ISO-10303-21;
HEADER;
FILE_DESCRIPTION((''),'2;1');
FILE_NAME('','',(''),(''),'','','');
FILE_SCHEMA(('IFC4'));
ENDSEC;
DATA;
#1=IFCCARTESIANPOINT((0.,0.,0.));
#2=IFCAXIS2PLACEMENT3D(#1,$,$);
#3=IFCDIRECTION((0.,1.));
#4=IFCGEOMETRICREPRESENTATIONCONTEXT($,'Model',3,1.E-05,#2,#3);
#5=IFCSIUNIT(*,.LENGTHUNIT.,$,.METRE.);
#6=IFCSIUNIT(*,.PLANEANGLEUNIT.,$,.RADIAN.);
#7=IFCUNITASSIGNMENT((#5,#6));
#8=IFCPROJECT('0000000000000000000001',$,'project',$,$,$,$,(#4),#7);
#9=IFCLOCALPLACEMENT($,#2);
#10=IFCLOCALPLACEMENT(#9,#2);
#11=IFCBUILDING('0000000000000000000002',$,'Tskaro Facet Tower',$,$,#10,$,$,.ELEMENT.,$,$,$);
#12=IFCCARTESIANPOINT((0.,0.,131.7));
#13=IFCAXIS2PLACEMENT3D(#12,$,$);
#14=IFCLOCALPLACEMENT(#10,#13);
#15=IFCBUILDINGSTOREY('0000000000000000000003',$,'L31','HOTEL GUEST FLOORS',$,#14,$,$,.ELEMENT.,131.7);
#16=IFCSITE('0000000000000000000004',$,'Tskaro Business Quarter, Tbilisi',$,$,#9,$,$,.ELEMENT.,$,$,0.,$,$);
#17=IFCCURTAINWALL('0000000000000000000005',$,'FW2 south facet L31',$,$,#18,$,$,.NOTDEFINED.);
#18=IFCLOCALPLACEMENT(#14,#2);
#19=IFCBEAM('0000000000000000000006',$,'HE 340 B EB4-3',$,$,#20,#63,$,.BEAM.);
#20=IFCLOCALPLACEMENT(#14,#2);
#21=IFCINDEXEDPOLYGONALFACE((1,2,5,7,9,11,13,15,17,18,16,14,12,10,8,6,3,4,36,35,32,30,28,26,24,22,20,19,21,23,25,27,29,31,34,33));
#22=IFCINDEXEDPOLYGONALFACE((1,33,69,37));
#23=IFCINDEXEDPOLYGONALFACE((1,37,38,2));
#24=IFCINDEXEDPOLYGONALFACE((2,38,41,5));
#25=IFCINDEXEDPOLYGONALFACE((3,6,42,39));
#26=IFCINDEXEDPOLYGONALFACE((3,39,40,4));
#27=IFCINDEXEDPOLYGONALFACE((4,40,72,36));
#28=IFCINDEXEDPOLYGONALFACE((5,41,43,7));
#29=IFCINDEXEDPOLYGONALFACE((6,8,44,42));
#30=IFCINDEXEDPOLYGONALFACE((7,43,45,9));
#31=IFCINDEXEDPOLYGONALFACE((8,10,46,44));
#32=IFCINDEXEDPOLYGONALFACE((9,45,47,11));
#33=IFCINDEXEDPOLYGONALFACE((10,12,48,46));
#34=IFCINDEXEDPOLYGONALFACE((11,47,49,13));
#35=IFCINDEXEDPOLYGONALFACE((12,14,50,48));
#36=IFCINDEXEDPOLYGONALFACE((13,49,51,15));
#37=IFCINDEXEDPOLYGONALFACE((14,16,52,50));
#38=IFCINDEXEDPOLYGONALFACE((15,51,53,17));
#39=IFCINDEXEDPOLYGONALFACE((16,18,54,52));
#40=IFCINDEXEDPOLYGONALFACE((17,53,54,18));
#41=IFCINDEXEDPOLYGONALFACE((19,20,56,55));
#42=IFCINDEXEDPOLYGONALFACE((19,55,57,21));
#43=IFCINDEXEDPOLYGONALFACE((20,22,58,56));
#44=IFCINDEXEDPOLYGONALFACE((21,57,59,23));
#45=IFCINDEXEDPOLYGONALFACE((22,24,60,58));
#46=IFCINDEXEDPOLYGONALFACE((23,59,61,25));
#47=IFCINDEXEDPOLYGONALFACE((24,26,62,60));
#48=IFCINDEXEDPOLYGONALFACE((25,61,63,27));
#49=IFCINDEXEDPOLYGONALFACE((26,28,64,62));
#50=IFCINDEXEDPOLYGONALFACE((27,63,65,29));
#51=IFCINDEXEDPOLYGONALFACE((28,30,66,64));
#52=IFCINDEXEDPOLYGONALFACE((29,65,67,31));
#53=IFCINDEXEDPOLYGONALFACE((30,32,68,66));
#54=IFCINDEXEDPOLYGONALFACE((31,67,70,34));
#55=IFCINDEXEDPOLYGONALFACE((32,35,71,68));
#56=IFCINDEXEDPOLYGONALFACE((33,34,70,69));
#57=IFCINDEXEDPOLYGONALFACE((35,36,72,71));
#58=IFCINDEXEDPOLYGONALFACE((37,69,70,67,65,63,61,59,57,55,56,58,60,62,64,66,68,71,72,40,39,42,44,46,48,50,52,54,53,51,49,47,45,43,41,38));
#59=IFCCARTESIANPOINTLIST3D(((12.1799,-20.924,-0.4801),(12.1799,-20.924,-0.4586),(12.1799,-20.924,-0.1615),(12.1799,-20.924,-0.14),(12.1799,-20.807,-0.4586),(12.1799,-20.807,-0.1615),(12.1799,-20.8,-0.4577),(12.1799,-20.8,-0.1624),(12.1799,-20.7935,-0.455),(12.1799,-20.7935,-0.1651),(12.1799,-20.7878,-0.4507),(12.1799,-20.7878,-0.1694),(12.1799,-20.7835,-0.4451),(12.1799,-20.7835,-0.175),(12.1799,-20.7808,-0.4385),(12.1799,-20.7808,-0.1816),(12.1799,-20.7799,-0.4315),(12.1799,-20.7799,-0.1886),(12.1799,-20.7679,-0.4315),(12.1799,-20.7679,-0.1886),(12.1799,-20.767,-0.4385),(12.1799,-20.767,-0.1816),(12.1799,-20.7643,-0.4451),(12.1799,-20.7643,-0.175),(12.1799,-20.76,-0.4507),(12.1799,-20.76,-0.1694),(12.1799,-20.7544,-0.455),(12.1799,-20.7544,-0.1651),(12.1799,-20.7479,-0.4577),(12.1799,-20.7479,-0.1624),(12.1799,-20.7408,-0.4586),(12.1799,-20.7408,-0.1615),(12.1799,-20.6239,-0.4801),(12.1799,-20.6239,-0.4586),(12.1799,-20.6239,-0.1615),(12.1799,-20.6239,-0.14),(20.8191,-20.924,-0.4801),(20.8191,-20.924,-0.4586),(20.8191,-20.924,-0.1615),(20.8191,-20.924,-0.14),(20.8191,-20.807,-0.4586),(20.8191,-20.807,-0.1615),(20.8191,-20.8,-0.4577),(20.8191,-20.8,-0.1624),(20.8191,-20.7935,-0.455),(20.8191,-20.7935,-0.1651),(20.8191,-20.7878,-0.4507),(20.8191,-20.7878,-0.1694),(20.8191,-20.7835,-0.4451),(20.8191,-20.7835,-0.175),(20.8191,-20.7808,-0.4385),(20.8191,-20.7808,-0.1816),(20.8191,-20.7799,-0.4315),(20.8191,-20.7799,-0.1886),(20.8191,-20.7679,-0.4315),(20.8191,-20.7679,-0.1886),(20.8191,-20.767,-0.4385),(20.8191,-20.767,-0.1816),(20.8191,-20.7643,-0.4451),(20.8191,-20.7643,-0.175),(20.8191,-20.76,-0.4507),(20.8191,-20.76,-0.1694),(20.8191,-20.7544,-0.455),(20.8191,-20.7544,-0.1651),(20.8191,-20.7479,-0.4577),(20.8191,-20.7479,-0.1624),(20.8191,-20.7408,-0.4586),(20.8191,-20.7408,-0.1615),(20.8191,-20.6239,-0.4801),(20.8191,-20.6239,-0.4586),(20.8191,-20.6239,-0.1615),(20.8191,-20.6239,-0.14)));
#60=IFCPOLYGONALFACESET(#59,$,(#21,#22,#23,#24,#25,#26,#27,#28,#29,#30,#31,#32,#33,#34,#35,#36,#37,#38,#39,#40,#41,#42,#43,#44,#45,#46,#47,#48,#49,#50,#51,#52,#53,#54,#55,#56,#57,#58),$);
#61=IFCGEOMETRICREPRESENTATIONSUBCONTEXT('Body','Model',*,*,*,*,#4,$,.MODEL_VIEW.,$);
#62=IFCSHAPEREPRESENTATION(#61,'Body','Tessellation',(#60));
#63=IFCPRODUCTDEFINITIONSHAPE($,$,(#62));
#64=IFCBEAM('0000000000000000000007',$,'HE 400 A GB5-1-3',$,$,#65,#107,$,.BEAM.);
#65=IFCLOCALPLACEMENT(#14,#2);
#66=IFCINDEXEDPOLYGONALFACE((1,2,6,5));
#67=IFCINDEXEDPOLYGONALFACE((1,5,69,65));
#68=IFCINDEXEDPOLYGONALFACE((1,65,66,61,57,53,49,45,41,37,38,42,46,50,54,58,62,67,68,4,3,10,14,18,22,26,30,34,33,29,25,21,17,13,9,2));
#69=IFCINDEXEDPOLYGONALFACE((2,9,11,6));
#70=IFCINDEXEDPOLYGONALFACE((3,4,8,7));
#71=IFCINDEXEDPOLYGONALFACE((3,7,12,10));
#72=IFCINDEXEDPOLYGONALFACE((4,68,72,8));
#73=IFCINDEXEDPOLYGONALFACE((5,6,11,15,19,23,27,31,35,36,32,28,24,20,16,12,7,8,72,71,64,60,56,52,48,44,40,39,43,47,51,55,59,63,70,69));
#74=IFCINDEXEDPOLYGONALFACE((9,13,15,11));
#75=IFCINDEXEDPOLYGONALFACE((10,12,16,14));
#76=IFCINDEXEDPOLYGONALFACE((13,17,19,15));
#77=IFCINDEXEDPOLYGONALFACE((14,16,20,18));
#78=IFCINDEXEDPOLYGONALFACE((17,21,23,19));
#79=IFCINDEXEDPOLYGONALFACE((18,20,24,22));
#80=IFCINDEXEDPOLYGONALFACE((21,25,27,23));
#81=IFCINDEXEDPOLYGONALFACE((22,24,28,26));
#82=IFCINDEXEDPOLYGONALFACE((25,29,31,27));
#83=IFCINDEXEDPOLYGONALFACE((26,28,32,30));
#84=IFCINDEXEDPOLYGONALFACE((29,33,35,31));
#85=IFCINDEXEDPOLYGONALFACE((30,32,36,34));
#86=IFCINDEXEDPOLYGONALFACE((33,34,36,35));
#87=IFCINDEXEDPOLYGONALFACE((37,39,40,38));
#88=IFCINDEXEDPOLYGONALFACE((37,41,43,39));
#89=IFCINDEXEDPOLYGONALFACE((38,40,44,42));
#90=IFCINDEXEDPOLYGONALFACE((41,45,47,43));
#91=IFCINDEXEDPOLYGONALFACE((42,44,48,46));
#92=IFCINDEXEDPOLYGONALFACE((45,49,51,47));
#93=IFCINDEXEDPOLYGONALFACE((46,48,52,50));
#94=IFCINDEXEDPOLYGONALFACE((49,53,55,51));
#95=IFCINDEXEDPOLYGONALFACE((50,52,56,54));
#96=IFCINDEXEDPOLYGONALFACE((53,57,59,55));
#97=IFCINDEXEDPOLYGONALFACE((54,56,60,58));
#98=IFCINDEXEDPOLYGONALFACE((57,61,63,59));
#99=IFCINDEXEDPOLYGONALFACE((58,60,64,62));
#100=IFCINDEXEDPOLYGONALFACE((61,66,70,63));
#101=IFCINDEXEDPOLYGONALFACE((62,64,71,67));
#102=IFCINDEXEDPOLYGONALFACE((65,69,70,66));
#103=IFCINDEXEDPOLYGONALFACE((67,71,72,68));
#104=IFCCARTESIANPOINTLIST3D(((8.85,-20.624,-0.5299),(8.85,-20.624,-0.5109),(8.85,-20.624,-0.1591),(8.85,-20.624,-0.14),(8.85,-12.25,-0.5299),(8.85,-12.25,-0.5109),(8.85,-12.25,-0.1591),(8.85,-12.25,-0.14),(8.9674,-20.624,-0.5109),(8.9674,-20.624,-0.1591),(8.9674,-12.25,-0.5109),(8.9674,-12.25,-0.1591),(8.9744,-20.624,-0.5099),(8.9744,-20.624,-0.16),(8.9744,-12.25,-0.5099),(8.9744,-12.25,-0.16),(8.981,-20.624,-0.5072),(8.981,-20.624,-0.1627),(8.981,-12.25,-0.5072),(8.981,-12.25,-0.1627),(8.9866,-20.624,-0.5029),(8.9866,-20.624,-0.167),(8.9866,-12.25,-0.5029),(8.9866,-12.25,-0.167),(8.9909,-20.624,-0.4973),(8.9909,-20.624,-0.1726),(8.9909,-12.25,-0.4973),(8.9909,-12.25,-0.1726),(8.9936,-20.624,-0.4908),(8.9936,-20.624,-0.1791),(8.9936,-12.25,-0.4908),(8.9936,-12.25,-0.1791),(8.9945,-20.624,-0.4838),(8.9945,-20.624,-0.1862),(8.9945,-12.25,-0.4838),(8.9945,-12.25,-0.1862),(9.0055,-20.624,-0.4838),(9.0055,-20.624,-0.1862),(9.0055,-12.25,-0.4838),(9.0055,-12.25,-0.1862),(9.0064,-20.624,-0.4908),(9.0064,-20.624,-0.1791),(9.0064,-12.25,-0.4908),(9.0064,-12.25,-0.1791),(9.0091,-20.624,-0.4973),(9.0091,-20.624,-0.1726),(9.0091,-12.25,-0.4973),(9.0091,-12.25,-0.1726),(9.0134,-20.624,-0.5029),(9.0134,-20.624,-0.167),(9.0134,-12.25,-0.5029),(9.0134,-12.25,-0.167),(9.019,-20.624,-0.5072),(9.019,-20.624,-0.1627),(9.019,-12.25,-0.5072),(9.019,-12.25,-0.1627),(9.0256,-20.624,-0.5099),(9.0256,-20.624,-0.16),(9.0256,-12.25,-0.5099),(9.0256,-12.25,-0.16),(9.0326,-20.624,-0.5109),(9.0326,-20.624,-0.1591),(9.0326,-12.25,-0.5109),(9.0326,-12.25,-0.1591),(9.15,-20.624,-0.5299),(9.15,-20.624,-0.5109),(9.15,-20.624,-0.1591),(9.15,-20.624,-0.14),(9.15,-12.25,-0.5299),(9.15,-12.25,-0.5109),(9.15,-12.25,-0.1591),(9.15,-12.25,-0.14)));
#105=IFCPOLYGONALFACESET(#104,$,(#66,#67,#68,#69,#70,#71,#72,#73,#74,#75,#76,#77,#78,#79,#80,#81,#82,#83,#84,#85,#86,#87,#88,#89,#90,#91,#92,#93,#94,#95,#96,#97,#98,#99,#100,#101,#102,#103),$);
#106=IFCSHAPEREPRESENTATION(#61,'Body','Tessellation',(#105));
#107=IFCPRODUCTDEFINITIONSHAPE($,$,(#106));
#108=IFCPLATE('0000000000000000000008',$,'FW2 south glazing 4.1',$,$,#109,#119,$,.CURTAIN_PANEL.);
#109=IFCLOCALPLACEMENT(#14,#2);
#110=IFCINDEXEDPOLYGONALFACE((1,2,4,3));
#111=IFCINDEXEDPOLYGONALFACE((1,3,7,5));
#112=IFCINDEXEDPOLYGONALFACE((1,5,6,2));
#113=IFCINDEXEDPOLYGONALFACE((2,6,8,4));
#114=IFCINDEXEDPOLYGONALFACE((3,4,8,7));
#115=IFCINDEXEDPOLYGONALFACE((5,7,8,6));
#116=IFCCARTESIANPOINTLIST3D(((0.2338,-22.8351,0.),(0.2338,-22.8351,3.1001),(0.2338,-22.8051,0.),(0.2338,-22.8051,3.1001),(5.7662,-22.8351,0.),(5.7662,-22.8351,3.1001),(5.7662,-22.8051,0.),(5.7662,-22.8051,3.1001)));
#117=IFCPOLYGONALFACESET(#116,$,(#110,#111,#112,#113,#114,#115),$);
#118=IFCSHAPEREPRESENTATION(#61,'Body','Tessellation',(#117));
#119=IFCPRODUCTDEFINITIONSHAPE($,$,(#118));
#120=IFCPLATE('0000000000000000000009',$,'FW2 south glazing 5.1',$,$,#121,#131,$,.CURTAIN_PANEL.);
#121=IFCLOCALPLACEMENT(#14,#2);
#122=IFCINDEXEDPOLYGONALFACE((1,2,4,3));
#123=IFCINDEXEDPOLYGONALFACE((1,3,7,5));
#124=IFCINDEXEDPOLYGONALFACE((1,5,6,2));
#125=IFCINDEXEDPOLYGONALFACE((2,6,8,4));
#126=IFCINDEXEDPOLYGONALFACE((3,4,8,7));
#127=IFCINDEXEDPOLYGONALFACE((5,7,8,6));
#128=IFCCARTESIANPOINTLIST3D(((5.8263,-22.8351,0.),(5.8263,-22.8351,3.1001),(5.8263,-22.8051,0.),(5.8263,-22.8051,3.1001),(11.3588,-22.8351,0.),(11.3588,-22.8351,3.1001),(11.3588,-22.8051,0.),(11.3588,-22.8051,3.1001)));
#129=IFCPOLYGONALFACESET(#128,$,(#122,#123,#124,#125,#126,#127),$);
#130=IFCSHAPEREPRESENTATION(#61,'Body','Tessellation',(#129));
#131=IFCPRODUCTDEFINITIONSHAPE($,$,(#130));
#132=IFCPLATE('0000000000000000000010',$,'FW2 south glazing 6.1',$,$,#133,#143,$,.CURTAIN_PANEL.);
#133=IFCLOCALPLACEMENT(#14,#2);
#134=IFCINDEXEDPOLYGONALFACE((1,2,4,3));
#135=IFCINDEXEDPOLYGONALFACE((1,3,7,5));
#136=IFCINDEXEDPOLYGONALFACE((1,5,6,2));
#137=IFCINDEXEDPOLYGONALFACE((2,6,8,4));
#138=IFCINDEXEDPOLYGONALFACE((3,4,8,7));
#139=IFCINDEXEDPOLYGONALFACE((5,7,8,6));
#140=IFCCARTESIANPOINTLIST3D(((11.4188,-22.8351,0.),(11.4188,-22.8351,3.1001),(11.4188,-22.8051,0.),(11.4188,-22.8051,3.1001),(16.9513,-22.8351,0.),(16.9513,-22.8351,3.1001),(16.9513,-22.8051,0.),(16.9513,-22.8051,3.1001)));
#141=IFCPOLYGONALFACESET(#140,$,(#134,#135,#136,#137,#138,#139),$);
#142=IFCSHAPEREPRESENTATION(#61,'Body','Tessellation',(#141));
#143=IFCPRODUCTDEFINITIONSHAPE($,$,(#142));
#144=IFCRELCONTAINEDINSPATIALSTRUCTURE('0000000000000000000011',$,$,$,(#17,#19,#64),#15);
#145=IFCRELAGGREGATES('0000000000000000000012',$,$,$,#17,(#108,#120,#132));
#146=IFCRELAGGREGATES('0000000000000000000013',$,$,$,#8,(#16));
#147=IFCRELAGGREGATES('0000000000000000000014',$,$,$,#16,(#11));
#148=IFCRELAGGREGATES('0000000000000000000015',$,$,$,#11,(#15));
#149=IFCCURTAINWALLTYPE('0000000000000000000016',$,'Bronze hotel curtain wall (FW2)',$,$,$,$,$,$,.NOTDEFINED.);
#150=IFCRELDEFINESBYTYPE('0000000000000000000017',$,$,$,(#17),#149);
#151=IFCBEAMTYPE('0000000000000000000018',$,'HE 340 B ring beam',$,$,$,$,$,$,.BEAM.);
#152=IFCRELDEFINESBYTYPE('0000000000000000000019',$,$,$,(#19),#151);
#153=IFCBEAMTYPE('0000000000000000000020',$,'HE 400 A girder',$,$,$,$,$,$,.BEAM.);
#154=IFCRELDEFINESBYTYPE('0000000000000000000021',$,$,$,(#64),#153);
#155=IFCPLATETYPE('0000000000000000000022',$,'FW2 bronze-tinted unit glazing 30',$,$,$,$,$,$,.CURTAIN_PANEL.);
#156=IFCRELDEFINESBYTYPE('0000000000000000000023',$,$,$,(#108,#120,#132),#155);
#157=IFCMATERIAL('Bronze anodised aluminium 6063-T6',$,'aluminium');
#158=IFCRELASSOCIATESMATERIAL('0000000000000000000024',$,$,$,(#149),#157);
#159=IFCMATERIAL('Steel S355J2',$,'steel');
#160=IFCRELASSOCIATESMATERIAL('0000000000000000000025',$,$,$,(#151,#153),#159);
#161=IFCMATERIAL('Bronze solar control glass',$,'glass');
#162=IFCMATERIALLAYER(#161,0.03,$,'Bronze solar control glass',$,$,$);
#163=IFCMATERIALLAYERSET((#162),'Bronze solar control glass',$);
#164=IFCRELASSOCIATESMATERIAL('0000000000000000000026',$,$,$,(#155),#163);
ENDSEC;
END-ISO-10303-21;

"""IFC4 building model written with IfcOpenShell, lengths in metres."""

from ifc_helpers import new_model, si_unit, direction, frame, origin, origin_2d, place, context, subcontext, project, spatial, rectangle, i_section, extrude, material, layer, layer_set, material_profile, profile_set, type_object, element, aggregate, save


model = new_model("IFC4")

# Units and contexts
model_context = context("Model", 3, precision=1e-05, world=origin(), true_north=direction((0.0, 1.0)))
body_context = subcontext(model_context, "Body", "Model", "MODEL_VIEW")
ifc_project = project(units=[si_unit("LENGTHUNIT", "METRE"), si_unit("PLANEANGLEUNIT", "RADIAN")], contexts=[model_context])

# Site, building, storey
site_placement = place(None, origin())
site = spatial("IfcSite", under=ifc_project, at=site_placement, Name="Tskaro Business Quarter, Tbilisi", CompositionType="ELEMENT", RefElevation=0.0)
building_placement = place(site_placement, origin())
building = spatial("IfcBuilding", under=site, at=building_placement, Name="Tskaro Facet Tower", CompositionType="ELEMENT")
storey_placement = place(building_placement, frame((0.0, 0.0, 131.7)))
storey = spatial("IfcBuildingStorey", under=building, at=storey_placement, Name="L31", Description="HOTEL GUEST FLOORS", CompositionType="ELEMENT", Elevation=131.7)

# Curtain wall
ifc_material_1 = material(Name="Bronze anodised aluminium 6063-T6", Category="aluminium")
curtain_wall_type = type_object("IfcCurtainWallType", Name="Bronze hotel curtain wall (FW2)", PredefinedType="NOTDEFINED", material=ifc_material_1)
curtain_wall_placement = place(storey_placement, origin())
curtain_wall = element("IfcCurtainWall", 1, at=curtain_wall_placement, inside=storey, type_object=curtain_wall_type, Name="FW2 south facet L31", PredefinedType="NOTDEFINED")

# Beams
ifc_material_2 = material(Name="Steel S355J2", Category="steel")
ifc_material_profile_1 = material_profile(ifc_material_2, i_section(OverallWidth=0.3, OverallDepth=0.3401, WebThickness=0.012, FlangeThickness=0.0215, FilletRadius=0.0271, at=origin_2d()), Name="HE 340 B")
ifc_profile_set_1 = profile_set([ifc_material_profile_1], Name="Steel S355J2")
beam_type_1 = type_object("IfcBeamType", Name="HE 340 B ring beam", PredefinedType="BEAM", material=ifc_profile_set_1)
beam_1_placement = place(storey_placement, frame((12.1799, -20.7739, -0.3101), z_axis=(1.0, 0.0, 0.0), x_axis=(0.0, 1.0, 0.0)))
element("IfcBeam", 2, at=beam_1_placement, inside=storey, type_object=beam_type_1, Name="HE 340 B EB4-3", PredefinedType="BEAM", context=body_context, shape_type="SweptSolid", body=[
    extrude(i_section(OverallWidth=0.3, OverallDepth=0.3401, WebThickness=0.012, FlangeThickness=0.0215, FilletRadius=0.0271, at=origin_2d()), origin(), (0.0, 0.0, 1.0), 8.6392),
])
ifc_material_profile_2 = material_profile(ifc_material_2, i_section(OverallWidth=0.3, OverallDepth=0.3899, WebThickness=0.011, FlangeThickness=0.019, FilletRadius=0.0271, at=origin_2d()), Name="HE 400 A")
ifc_profile_set_2 = profile_set([ifc_material_profile_2], Name="Steel S355J2")
beam_type_2 = type_object("IfcBeamType", Name="HE 400 A girder", PredefinedType="BEAM", material=ifc_profile_set_2)
beam_2_placement = place(storey_placement, frame((9.0, -20.624, -0.335), z_axis=(0.0, 1.0, 0.0), x_axis=(-1.0, 0.0, 0.0)))
element("IfcBeam", 3, at=beam_2_placement, inside=storey, type_object=beam_type_2, Name="HE 400 A GB5-1-3", PredefinedType="BEAM", context=body_context, shape_type="SweptSolid", body=[
    extrude(i_section(OverallWidth=0.3, OverallDepth=0.3899, WebThickness=0.011, FlangeThickness=0.019, FilletRadius=0.0271, at=origin_2d()), origin(), (0.0, 0.0, 1.0), 8.374),
])

# Plates
ifc_material_3 = material(Name="Bronze solar control glass", Category="glass")
ifc_layer_1 = layer(ifc_material_3, 0.03, Name="Bronze solar control glass")
ifc_layer_set_1 = layer_set([ifc_layer_1], Name="Bronze solar control glass")
plate_type = type_object("IfcPlateType", Name="FW2 bronze-tinted unit glazing 30", PredefinedType="CURTAIN_PANEL", material=ifc_layer_set_1)
plate_1_placement = place(storey_placement, frame((3.0, -22.8201, 0.0), z_axis=(0.0, 0.0, 1.0), x_axis=(1.0, 0.0, 0.0)))
plate_1 = element("IfcPlate", 4, at=plate_1_placement, type_object=plate_type, Name="FW2 south glazing 4.1", PredefinedType="CURTAIN_PANEL", context=body_context, shape_type="SweptSolid", body=[
    extrude(rectangle(XDim=5.5325, YDim=0.03, at=origin_2d()), origin(), (0.0, 0.0, 1.0), 3.1001),
])
plate_2_placement = place(storey_placement, frame((8.5925, -22.8201, 0.0), z_axis=(0.0, 0.0, 1.0), x_axis=(1.0, 0.0, 0.0)))
plate_2 = element("IfcPlate", 5, at=plate_2_placement, type_object=plate_type, Name="FW2 south glazing 5.1", PredefinedType="CURTAIN_PANEL", context=body_context, shape_type="SweptSolid", body=[
    extrude(rectangle(XDim=5.5325, YDim=0.03, at=origin_2d()), origin(), (0.0, 0.0, 1.0), 3.1001),
])
plate_3_placement = place(storey_placement, frame((14.1851, -22.8201, 0.0), z_axis=(0.0, 0.0, 1.0), x_axis=(1.0, 0.0, 0.0)))
plate_3 = element("IfcPlate", 6, at=plate_3_placement, type_object=plate_type, Name="FW2 south glazing 6.1", PredefinedType="CURTAIN_PANEL", context=body_context, shape_type="SweptSolid", body=[
    extrude(rectangle(XDim=5.5325, YDim=0.03, at=origin_2d()), origin(), (0.0, 0.0, 1.0), 3.1001),
])
aggregate(curtain_wall, [plate_1, plate_2, plate_3])

save(model, "model.ifc")
